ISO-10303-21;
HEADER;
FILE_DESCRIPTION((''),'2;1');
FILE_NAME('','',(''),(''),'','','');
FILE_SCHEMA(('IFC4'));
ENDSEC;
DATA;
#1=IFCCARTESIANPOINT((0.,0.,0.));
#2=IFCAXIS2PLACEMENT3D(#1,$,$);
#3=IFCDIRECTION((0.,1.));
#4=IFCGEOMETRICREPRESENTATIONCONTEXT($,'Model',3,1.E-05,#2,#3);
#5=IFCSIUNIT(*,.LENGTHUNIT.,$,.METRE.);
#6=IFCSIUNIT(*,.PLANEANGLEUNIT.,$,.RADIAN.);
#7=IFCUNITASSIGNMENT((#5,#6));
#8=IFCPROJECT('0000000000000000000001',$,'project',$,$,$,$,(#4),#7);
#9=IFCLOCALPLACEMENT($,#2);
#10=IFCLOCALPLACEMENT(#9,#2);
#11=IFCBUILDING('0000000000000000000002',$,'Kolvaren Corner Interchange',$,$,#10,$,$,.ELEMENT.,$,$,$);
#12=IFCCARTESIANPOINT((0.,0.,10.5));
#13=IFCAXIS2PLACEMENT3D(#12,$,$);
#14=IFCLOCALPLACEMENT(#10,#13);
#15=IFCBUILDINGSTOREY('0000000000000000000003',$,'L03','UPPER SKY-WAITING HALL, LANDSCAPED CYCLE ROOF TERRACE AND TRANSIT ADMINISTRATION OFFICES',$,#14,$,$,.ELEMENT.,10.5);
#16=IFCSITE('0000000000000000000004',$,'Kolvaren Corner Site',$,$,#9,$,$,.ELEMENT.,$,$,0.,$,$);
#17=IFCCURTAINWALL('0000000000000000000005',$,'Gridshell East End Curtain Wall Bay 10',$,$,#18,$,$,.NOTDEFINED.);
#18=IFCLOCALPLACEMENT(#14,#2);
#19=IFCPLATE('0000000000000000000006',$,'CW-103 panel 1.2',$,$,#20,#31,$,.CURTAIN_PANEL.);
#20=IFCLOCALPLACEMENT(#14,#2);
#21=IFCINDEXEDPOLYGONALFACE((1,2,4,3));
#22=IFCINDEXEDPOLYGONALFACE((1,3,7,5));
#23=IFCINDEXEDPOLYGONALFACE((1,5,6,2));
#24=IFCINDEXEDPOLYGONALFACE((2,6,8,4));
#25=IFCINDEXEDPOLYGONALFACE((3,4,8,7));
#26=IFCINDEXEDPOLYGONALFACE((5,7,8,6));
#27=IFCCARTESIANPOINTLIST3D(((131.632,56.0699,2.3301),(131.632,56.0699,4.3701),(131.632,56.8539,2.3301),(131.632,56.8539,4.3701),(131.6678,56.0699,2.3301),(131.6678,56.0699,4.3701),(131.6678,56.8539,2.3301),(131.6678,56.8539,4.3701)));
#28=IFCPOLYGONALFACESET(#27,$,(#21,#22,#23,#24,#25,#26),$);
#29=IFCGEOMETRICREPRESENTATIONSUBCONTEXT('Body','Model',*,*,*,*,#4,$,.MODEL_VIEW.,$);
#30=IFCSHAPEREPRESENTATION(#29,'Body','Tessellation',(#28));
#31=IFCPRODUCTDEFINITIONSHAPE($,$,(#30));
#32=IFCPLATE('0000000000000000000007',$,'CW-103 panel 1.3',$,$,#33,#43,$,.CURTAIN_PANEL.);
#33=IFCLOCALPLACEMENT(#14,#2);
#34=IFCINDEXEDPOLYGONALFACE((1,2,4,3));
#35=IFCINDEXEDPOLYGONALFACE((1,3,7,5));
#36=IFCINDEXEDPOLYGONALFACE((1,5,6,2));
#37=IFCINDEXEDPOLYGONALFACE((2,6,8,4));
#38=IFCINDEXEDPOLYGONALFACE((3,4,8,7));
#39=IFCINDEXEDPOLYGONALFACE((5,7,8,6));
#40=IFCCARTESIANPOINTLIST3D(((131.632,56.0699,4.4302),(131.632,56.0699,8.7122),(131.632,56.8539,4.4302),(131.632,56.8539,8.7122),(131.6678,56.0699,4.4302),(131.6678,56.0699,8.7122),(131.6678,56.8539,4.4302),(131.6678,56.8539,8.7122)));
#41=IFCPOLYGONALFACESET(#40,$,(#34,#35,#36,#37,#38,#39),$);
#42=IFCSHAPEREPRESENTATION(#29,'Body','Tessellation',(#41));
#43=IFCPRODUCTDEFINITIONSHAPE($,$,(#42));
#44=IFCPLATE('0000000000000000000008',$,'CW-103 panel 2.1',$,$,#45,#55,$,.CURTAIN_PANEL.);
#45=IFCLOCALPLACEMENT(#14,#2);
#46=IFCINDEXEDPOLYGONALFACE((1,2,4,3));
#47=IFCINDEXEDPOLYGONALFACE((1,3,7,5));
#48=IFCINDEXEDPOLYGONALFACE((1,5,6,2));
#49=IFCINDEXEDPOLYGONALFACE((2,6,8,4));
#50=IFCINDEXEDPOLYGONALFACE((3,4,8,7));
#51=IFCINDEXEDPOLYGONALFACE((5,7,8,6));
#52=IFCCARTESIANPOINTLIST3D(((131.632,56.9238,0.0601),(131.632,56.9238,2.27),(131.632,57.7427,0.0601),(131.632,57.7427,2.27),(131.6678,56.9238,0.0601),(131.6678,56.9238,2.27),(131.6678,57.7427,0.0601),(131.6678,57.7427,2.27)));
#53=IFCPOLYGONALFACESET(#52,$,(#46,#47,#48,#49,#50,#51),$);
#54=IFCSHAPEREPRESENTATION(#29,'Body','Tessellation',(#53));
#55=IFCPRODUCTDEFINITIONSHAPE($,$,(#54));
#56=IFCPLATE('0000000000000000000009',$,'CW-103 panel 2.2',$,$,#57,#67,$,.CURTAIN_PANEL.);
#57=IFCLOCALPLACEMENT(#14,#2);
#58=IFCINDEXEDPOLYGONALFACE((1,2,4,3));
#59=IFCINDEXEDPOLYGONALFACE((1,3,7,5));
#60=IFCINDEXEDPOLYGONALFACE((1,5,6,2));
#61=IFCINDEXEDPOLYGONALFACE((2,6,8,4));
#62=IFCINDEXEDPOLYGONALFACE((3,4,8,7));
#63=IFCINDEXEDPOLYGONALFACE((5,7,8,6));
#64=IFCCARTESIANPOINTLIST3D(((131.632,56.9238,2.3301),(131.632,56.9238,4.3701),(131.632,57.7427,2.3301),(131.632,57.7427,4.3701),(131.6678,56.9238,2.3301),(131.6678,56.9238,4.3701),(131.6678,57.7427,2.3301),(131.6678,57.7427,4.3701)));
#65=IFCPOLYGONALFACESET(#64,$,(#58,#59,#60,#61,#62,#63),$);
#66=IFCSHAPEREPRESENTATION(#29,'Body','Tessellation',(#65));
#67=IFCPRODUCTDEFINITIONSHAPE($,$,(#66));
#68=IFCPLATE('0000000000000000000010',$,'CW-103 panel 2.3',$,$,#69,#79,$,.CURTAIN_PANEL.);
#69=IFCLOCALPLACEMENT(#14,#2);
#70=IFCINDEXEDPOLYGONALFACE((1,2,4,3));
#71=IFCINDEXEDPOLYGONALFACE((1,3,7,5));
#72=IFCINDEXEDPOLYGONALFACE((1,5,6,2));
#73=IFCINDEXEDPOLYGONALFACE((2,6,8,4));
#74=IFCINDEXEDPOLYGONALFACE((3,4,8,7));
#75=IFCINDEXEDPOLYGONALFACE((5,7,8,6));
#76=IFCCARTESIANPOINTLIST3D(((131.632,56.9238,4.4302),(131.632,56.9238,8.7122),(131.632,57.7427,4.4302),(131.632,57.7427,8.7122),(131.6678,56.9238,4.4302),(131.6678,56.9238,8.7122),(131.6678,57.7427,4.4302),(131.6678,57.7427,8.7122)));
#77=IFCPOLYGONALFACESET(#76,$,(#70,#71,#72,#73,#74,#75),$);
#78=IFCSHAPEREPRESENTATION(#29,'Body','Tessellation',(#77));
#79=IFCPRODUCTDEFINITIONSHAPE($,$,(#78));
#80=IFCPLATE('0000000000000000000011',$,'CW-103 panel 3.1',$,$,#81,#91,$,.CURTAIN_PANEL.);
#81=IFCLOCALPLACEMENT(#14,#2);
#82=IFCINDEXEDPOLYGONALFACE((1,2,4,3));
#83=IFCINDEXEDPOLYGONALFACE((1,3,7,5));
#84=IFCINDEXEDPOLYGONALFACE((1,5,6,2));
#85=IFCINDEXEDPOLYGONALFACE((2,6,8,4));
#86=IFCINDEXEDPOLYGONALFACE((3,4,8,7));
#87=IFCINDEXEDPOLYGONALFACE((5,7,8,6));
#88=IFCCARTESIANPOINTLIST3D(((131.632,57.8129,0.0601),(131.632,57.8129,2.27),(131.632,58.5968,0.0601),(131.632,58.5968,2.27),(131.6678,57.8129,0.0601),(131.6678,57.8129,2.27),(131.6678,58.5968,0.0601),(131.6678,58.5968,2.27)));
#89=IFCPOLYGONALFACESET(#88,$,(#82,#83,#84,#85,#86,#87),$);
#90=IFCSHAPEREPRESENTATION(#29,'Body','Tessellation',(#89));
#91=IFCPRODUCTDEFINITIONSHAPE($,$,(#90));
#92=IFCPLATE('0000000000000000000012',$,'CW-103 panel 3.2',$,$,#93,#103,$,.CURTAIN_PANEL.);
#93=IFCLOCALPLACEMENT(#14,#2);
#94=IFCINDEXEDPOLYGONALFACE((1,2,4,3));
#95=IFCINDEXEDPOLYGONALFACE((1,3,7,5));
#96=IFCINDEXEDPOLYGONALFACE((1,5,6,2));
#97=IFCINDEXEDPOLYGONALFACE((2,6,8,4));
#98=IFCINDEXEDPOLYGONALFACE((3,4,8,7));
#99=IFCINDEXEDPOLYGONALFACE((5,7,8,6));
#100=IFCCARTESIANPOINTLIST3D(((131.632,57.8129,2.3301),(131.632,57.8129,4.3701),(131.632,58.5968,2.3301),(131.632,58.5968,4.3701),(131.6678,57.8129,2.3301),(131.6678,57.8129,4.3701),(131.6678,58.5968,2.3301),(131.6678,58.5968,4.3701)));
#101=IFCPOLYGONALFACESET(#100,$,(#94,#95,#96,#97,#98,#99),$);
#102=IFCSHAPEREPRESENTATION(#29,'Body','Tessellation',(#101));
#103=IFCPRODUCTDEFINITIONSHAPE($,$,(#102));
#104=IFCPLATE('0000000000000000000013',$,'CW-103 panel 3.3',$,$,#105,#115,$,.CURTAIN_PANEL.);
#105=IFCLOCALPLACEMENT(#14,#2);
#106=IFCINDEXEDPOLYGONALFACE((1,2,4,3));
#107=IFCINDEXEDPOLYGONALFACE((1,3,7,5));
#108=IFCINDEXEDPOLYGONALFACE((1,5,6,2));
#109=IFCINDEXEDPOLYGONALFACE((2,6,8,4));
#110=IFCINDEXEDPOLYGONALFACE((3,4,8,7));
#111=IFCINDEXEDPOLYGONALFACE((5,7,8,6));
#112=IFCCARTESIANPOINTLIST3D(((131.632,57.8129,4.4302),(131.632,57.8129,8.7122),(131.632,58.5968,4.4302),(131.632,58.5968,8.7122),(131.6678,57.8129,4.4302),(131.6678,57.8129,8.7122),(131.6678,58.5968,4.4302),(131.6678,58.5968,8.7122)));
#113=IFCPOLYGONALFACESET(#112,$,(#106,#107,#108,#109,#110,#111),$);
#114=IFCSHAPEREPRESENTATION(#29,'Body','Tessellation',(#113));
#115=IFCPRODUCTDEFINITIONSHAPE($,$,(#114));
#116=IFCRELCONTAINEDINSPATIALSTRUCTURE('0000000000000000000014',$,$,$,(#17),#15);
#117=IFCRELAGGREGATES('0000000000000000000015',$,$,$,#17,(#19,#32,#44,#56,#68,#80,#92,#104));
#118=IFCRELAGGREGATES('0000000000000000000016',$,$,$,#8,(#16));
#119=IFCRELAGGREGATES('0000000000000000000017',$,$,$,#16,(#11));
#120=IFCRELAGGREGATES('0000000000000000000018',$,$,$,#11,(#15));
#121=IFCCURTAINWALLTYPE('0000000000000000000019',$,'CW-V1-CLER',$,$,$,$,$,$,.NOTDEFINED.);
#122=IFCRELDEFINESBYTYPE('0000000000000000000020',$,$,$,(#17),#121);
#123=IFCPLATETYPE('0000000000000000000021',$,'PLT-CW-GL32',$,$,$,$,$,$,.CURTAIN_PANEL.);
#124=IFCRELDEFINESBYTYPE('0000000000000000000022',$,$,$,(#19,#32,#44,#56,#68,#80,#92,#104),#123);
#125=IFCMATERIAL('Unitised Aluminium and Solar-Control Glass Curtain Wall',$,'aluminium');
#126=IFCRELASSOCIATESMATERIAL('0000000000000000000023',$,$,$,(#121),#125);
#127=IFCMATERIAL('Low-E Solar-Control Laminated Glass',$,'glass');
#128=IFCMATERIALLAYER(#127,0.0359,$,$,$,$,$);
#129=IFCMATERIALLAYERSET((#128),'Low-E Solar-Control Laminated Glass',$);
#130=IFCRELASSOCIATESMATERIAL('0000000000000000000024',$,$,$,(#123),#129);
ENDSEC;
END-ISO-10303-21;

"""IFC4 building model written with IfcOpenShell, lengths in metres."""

from ifc_helpers import new_model, si_unit, direction, frame, origin, origin_2d, place, context, subcontext, project, spatial, rectangle, extrude, material, layer, layer_set, type_object, element, aggregate, save


model = new_model("IFC4")

# Units and contexts
model_context = context("Model", 3, precision=1e-05, world=origin(), true_north=direction((0.0, 1.0)))
body_context = subcontext(model_context, "Body", "Model", "MODEL_VIEW")
ifc_project = project(units=[si_unit("LENGTHUNIT", "METRE"), si_unit("PLANEANGLEUNIT", "RADIAN")], contexts=[model_context])

# Site, building, storey
site_placement = place(None, origin())
site = spatial("IfcSite", under=ifc_project, at=site_placement, Name="Kolvaren Corner Site", CompositionType="ELEMENT", RefElevation=0.0)
building_placement = place(site_placement, origin())
building = spatial("IfcBuilding", under=site, at=building_placement, Name="Kolvaren Corner Interchange", CompositionType="ELEMENT")
storey_placement = place(building_placement, frame((0.0, 0.0, 10.5)))
storey = spatial("IfcBuildingStorey", under=building, at=storey_placement, Name="L03", Description="UPPER SKY-WAITING HALL, LANDSCAPED CYCLE ROOF TERRACE AND TRANSIT ADMINISTRATION OFFICES", CompositionType="ELEMENT", Elevation=10.5)

# Curtain wall, plates
ifc_material_1 = material(Name="Unitised Aluminium and Solar-Control Glass Curtain Wall", Category="aluminium")
curtain_wall_type = type_object("IfcCurtainWallType", Name="CW-V1-CLER", PredefinedType="NOTDEFINED", material=ifc_material_1)
curtain_wall_placement = place(storey_placement, origin())
curtain_wall = element("IfcCurtainWall", 1, at=curtain_wall_placement, inside=storey, type_object=curtain_wall_type, Name="Gridshell East End Curtain Wall Bay 10", PredefinedType="NOTDEFINED")
ifc_material_2 = material(Name="Low-E Solar-Control Laminated Glass", Category="glass")
ifc_layer = layer(ifc_material_2, 0.0359)
ifc_layer_set = layer_set([ifc_layer], Name="Low-E Solar-Control Laminated Glass")
plate_type = type_object("IfcPlateType", Name="PLT-CW-GL32", PredefinedType="CURTAIN_PANEL", material=ifc_layer_set)
plate_1_placement = place(storey_placement, frame((131.6499, 56.4619, 2.3301), z_axis=(0.0, 0.0, 1.0), x_axis=(0.0, 1.0, 0.0)))
plate_1 = element("IfcPlate", 2, at=plate_1_placement, type_object=plate_type, Name="CW-103 panel 1.2", PredefinedType="CURTAIN_PANEL", context=body_context, shape_type="SweptSolid", body=[
    extrude(rectangle(XDim=0.7839, YDim=0.0359, at=origin_2d()), origin(), (0.0, 0.0, 1.0), 2.04),
])
plate_2_placement = place(storey_placement, frame((131.6499, 56.4619, 4.4302), z_axis=(0.0, 0.0, 1.0), x_axis=(0.0, 1.0, 0.0)))
plate_2 = element("IfcPlate", 3, at=plate_2_placement, type_object=plate_type, Name="CW-103 panel 1.3", PredefinedType="CURTAIN_PANEL", context=body_context, shape_type="SweptSolid", body=[
    extrude(rectangle(XDim=0.7839, YDim=0.0359, at=origin_2d()), origin(), (0.0, 0.0, 1.0), 4.282),
])
plate_3_placement = place(storey_placement, frame((131.6499, 57.3333, 0.0601), z_axis=(0.0, 0.0, 1.0), x_axis=(0.0, 1.0, 0.0)))
plate_3 = element("IfcPlate", 4, at=plate_3_placement, type_object=plate_type, Name="CW-103 panel 2.1", PredefinedType="CURTAIN_PANEL", context=body_context, shape_type="SweptSolid", body=[
    extrude(rectangle(XDim=0.8188, YDim=0.0359, at=origin_2d()), origin(), (0.0, 0.0, 1.0), 2.21),
])
plate_4_placement = place(storey_placement, frame((131.6499, 57.3333, 2.3301), z_axis=(0.0, 0.0, 1.0), x_axis=(0.0, 1.0, 0.0)))
plate_4 = element("IfcPlate", 5, at=plate_4_placement, type_object=plate_type, Name="CW-103 panel 2.2", PredefinedType="CURTAIN_PANEL", context=body_context, shape_type="SweptSolid", body=[
    extrude(rectangle(XDim=0.8188, YDim=0.0359, at=origin_2d()), origin(), (0.0, 0.0, 1.0), 2.04),
])
plate_5_placement = place(storey_placement, frame((131.6499, 57.3333, 4.4302), z_axis=(0.0, 0.0, 1.0), x_axis=(0.0, 1.0, 0.0)))
plate_5 = element("IfcPlate", 6, at=plate_5_placement, type_object=plate_type, Name="CW-103 panel 2.3", PredefinedType="CURTAIN_PANEL", context=body_context, shape_type="SweptSolid", body=[
    extrude(rectangle(XDim=0.8188, YDim=0.0359, at=origin_2d()), origin(), (0.0, 0.0, 1.0), 4.282),
])
plate_6_placement = place(storey_placement, frame((131.6499, 58.2048, 0.0601), z_axis=(0.0, 0.0, 1.0), x_axis=(0.0, 1.0, 0.0)))
plate_6 = element("IfcPlate", 7, at=plate_6_placement, type_object=plate_type, Name="CW-103 panel 3.1", PredefinedType="CURTAIN_PANEL", context=body_context, shape_type="SweptSolid", body=[
    extrude(rectangle(XDim=0.7839, YDim=0.0359, at=origin_2d()), origin(), (0.0, 0.0, 1.0), 2.21),
])
plate_7_placement = place(storey_placement, frame((131.6499, 58.2048, 2.3301), z_axis=(0.0, 0.0, 1.0), x_axis=(0.0, 1.0, 0.0)))
plate_7 = element("IfcPlate", 8, at=plate_7_placement, type_object=plate_type, Name="CW-103 panel 3.2", PredefinedType="CURTAIN_PANEL", context=body_context, shape_type="SweptSolid", body=[
    extrude(rectangle(XDim=0.7839, YDim=0.0359, at=origin_2d()), origin(), (0.0, 0.0, 1.0), 2.04),
])
plate_8_placement = place(storey_placement, frame((131.6499, 58.2048, 4.4302), z_axis=(0.0, 0.0, 1.0), x_axis=(0.0, 1.0, 0.0)))
plate_8 = element("IfcPlate", 9, at=plate_8_placement, type_object=plate_type, Name="CW-103 panel 3.3", PredefinedType="CURTAIN_PANEL", context=body_context, shape_type="SweptSolid", body=[
    extrude(rectangle(XDim=0.7839, YDim=0.0359, at=origin_2d()), origin(), (0.0, 0.0, 1.0), 4.282),
])
aggregate(curtain_wall, [plate_1, plate_2, plate_3, plate_4, plate_5, plate_6, plate_7, plate_8])

save(model, "model.ifc")
